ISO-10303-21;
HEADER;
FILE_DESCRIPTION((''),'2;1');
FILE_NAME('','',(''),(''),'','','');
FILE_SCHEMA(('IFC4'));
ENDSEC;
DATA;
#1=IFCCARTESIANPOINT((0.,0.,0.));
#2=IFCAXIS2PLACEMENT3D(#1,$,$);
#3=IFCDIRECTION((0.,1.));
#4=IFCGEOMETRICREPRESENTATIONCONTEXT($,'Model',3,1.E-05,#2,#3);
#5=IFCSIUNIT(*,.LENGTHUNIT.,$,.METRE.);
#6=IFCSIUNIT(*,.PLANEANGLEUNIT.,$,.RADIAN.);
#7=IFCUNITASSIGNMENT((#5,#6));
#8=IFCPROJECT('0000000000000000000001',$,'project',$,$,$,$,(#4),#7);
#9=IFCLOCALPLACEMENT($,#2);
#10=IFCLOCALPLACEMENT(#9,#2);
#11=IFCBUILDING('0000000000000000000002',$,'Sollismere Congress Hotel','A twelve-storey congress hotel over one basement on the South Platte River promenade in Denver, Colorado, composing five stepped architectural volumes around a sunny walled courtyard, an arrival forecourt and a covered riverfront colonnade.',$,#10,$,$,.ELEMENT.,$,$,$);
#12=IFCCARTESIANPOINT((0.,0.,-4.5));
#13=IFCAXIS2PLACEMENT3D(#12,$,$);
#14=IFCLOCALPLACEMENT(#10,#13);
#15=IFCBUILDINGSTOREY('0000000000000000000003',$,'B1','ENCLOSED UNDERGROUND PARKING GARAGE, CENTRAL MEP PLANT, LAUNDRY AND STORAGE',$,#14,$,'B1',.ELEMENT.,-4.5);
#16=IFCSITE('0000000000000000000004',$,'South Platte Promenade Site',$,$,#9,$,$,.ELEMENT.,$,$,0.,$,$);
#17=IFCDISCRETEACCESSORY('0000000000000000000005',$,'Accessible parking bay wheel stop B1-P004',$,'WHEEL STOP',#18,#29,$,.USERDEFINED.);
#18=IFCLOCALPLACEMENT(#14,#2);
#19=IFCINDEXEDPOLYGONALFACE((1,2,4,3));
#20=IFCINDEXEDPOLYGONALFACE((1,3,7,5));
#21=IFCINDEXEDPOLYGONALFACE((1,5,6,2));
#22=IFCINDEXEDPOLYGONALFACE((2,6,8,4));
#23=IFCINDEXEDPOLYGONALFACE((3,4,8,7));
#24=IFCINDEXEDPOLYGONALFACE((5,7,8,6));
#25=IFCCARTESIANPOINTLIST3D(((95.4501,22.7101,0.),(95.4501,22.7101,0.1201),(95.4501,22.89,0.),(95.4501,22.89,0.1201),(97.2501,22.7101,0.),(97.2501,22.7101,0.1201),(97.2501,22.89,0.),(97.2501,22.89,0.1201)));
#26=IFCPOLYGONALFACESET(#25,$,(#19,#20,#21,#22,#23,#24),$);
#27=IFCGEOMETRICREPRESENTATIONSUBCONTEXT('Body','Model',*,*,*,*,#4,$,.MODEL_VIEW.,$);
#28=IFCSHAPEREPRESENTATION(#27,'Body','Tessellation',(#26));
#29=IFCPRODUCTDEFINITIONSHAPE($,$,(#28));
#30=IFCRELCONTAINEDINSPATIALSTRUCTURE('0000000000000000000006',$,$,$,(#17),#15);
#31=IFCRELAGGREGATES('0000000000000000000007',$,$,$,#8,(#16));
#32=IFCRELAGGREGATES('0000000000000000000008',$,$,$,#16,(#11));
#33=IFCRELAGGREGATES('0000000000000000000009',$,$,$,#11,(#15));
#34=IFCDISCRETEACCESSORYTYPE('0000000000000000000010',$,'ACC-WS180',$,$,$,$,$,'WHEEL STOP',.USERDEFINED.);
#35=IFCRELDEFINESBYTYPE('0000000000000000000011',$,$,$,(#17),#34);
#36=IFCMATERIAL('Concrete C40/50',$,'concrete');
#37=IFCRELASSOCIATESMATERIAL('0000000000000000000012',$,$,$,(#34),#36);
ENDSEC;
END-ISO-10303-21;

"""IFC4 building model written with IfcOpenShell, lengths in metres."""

from ifc_helpers import new_model, si_unit, direction, frame, origin, origin_2d, place, context, subcontext, project, spatial, rectangle, extrude, material, type_object, element, save


model = new_model("IFC4")

# Units and contexts
model_context = context("Model", 3, precision=1e-05, world=origin(), true_north=direction((0.0, 1.0)))
body_context = subcontext(model_context, "Body", "Model", "MODEL_VIEW")
ifc_project = project(units=[si_unit("LENGTHUNIT", "METRE"), si_unit("PLANEANGLEUNIT", "RADIAN")], contexts=[model_context])

# Site, building, storey
site_placement = place(None, origin())
site = spatial("IfcSite", under=ifc_project, at=site_placement, Name="South Platte Promenade Site", CompositionType="ELEMENT", RefElevation=0.0)
building_placement = place(site_placement, origin())
building = spatial("IfcBuilding", under=site, at=building_placement, Name="Sollismere Congress Hotel", Description="A twelve-storey congress hotel over one basement on the South Platte River promenade in Denver, Colorado, composing five stepped architectural volumes around a sunny walled courtyard, an arrival forecourt and a covered riverfront colonnade.", CompositionType="ELEMENT")
storey_placement = place(building_placement, frame((0.0, 0.0, -4.5)))
storey = spatial("IfcBuildingStorey", under=building, at=storey_placement, Name="B1", Description="ENCLOSED UNDERGROUND PARKING GARAGE, CENTRAL MEP PLANT, LAUNDRY AND STORAGE", LongName="B1", CompositionType="ELEMENT", Elevation=-4.5)

# Shared definitions
ifc_material_1 = material(Name="Concrete C40/50", Category="concrete")

# Discrete accessory
discrete_accessory_type = type_object("IfcDiscreteAccessoryType", Name="ACC-WS180", ElementType="WHEEL STOP", PredefinedType="USERDEFINED", material=ifc_material_1)
discrete_accessory_placement = place(storey_placement, frame((96.3501, 22.8, 0.0), z_axis=(0.0, 0.0, 1.0), x_axis=(1.0, 0.0, 0.0)))
element("IfcDiscreteAccessory", 1, at=discrete_accessory_placement, inside=storey, type_object=discrete_accessory_type, Name="Accessible parking bay wheel stop B1-P004", ObjectType="WHEEL STOP", PredefinedType="USERDEFINED", context=body_context, shape_type="SweptSolid", body=[
    extrude(rectangle(XDim=1.8, YDim=0.1799, at=origin_2d()), origin(), (0.0, 0.0, 1.0), 0.1201),
])

save(model, "model.ifc")
